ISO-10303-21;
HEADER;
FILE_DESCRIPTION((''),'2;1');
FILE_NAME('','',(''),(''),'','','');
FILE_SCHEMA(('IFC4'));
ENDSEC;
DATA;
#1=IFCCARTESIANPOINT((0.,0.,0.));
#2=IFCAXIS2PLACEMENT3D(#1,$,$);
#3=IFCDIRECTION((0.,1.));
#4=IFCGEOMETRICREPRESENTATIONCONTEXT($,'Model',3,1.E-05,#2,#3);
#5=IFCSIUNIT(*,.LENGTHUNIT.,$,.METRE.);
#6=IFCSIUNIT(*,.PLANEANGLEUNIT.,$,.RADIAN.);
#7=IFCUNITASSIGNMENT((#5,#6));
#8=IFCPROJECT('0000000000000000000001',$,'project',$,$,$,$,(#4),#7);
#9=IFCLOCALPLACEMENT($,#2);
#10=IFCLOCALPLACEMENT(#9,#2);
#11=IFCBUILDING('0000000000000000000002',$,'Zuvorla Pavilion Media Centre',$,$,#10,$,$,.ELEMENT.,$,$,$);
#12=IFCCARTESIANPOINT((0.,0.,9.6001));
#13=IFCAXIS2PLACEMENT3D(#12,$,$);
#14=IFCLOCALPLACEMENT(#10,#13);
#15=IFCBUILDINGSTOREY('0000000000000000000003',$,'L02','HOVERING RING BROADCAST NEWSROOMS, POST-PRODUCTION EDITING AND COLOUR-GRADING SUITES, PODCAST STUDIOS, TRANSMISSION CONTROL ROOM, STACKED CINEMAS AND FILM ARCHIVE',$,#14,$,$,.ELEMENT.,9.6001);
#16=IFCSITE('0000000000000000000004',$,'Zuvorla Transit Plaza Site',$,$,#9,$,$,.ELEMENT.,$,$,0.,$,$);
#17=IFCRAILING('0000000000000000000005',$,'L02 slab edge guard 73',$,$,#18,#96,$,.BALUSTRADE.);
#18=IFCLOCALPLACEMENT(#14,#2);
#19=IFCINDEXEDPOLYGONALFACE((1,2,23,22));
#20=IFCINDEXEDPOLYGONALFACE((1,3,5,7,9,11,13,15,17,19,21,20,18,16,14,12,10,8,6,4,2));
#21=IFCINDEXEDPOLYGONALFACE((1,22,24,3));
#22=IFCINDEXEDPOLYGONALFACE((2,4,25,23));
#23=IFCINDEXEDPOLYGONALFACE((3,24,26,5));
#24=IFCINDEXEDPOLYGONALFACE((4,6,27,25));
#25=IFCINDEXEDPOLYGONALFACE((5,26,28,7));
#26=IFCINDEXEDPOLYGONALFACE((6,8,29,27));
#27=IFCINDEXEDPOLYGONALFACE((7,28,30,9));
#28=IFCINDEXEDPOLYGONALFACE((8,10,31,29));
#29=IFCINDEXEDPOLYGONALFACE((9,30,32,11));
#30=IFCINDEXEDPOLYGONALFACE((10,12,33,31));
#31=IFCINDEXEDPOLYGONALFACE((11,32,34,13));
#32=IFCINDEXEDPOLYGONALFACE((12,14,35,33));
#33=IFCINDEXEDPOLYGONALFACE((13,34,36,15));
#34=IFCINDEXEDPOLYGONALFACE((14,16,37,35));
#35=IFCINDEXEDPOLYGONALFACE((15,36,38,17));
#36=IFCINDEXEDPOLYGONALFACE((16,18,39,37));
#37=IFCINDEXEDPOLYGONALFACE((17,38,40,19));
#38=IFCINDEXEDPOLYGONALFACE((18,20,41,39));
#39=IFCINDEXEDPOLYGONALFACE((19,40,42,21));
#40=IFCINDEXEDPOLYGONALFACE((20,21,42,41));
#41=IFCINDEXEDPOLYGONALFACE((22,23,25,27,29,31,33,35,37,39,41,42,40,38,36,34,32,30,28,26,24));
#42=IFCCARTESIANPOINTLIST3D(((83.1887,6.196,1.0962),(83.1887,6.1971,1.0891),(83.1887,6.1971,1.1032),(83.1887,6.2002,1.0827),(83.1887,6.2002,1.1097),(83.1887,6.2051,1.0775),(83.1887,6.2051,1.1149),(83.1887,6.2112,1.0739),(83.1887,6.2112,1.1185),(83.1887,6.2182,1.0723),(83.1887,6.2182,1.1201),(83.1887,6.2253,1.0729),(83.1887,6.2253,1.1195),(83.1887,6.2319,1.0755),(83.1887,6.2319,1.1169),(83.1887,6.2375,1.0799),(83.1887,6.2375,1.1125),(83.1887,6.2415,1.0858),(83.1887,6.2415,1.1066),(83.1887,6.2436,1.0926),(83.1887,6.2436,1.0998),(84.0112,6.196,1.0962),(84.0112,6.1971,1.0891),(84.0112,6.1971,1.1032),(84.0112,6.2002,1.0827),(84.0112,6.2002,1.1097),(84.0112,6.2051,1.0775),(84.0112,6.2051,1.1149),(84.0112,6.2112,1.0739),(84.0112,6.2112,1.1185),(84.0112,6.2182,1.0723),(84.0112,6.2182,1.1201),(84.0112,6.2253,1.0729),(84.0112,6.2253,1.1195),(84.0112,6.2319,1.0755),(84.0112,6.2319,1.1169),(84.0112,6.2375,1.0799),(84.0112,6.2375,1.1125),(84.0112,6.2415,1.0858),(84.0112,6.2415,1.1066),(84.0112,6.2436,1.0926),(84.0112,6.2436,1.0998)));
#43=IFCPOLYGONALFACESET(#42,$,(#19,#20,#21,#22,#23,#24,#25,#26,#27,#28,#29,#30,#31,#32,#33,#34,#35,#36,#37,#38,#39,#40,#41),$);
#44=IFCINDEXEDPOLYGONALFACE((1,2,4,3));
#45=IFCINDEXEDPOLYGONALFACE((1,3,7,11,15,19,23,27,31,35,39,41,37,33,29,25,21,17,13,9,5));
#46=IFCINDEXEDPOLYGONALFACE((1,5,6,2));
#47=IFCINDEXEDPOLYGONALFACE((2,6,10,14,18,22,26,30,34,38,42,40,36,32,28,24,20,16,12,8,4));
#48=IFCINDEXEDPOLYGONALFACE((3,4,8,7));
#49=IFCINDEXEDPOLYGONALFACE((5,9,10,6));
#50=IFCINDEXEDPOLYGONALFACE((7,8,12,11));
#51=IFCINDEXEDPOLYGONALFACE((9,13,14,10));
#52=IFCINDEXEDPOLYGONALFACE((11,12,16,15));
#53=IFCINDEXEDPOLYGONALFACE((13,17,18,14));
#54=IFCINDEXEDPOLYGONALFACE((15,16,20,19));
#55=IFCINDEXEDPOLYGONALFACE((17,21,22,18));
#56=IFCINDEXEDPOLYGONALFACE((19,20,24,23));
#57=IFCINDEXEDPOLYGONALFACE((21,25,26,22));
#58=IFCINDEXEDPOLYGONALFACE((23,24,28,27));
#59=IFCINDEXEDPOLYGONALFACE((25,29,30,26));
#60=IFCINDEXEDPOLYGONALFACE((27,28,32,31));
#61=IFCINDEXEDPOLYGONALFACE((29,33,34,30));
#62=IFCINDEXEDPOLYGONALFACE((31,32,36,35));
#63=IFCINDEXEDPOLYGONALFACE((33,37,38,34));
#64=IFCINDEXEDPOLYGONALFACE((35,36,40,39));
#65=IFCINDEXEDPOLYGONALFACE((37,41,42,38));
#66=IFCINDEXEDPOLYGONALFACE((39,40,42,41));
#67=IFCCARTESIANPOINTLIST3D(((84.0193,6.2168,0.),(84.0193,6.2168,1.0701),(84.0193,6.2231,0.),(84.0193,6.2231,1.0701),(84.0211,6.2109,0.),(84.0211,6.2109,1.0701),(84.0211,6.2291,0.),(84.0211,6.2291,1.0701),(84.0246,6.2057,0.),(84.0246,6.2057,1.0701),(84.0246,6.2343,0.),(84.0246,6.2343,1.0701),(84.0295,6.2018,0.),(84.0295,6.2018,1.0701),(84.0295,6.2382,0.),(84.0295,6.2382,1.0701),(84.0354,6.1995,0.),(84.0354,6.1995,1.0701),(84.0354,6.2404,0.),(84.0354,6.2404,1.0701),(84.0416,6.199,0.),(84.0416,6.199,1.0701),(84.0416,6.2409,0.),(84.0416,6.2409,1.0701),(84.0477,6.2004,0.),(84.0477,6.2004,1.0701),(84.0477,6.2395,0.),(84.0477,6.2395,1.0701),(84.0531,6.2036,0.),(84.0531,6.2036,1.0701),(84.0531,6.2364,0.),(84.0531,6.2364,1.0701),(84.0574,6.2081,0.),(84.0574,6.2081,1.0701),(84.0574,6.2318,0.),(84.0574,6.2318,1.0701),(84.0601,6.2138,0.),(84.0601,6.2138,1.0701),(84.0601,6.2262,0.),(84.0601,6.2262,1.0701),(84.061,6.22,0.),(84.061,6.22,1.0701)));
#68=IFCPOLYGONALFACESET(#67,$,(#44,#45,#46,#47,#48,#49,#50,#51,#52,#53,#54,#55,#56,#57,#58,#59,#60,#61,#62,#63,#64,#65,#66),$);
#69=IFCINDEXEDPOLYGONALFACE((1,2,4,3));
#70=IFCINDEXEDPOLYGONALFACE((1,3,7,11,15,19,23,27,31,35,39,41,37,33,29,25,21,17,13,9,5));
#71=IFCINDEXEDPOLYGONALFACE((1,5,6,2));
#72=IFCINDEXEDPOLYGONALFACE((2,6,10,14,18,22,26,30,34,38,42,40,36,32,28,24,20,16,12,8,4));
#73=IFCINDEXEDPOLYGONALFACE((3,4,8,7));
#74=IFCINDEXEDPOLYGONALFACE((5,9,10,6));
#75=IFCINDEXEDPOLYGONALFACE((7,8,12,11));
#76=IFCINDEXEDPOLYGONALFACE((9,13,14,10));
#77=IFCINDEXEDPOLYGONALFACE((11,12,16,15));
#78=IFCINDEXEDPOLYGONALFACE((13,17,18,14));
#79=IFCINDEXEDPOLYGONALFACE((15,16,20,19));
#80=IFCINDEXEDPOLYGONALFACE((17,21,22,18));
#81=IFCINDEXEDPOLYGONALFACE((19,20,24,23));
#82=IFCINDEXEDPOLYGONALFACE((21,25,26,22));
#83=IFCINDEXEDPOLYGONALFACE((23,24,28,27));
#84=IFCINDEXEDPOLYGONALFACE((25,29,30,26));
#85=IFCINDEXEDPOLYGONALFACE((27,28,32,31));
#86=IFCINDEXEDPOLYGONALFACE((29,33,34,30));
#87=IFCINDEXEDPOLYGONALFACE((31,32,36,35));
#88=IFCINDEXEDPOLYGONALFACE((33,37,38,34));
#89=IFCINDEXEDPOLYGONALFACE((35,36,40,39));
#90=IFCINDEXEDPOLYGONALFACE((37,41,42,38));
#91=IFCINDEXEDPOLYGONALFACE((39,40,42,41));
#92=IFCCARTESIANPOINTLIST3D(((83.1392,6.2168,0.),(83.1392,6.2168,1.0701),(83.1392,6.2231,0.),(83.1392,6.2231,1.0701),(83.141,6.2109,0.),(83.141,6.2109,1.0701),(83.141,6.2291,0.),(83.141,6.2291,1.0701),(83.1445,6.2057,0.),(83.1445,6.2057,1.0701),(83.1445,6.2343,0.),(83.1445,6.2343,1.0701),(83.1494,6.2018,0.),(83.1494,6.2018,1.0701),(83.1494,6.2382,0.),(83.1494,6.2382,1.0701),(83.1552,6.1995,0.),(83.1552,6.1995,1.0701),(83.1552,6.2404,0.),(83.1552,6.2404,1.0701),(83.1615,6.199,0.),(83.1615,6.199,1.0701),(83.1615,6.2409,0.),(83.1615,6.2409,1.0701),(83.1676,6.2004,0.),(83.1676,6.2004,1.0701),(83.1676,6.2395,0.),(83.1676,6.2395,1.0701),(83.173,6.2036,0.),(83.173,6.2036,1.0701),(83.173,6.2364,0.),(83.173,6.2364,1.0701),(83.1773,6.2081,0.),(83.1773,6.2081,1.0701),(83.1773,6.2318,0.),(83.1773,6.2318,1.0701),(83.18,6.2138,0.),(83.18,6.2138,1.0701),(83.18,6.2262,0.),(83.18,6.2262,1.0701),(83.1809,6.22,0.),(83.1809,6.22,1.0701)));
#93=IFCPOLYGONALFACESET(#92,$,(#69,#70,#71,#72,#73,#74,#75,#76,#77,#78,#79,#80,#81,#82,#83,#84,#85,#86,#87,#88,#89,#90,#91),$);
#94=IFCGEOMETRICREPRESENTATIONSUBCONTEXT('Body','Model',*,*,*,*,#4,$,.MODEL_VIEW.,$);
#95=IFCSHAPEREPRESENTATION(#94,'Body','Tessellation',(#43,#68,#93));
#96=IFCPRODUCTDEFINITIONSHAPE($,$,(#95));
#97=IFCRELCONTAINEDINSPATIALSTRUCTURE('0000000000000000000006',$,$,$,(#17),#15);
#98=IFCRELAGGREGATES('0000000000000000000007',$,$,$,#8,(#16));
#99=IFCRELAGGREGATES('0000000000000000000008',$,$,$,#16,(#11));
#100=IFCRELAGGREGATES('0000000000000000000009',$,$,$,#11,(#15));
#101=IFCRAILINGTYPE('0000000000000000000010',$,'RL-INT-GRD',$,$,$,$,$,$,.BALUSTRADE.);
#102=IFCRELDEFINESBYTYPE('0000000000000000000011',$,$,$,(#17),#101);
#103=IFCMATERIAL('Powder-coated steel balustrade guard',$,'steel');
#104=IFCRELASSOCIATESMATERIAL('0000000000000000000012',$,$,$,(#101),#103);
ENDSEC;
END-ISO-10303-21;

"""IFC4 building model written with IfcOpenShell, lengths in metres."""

from ifc_helpers import new_model, si_unit, direction, frame, origin, origin_2d, place, context, subcontext, project, spatial, circle, extrude, material, type_object, element, save


model = new_model("IFC4")

# Units and contexts
model_context = context("Model", 3, precision=1e-05, world=origin(), true_north=direction((0.0, 1.0)))
body_context = subcontext(model_context, "Body", "Model", "MODEL_VIEW")
ifc_project = project(units=[si_unit("LENGTHUNIT", "METRE"), si_unit("PLANEANGLEUNIT", "RADIAN")], contexts=[model_context])

# Site, building, storey
site_placement = place(None, origin())
site = spatial("IfcSite", under=ifc_project, at=site_placement, Name="Zuvorla Transit Plaza Site", CompositionType="ELEMENT", RefElevation=0.0)
building_placement = place(site_placement, origin())
building = spatial("IfcBuilding", under=site, at=building_placement, Name="Zuvorla Pavilion Media Centre", CompositionType="ELEMENT")
storey_placement = place(building_placement, frame((0.0, 0.0, 9.6001)))
storey = spatial("IfcBuildingStorey", under=building, at=storey_placement, Name="L02", Description="HOVERING RING BROADCAST NEWSROOMS, POST-PRODUCTION EDITING AND COLOUR-GRADING SUITES, PODCAST STUDIOS, TRANSMISSION CONTROL ROOM, STACKED CINEMAS AND FILM ARCHIVE", CompositionType="ELEMENT", Elevation=9.6001)

# Railing
ifc_material_1 = material(Name="Powder-coated steel balustrade guard", Category="steel")
railing_type_1 = type_object("IfcRailingType", Name="RL-INT-GRD", PredefinedType="BALUSTRADE", material=ifc_material_1)
railing_1_placement = place(storey_placement, frame((84.04, 6.22, 0.0)))
element("IfcRailing", 1, at=railing_1_placement, inside=storey, type_object=railing_type_1, Name="L02 slab edge guard 73", PredefinedType="BALUSTRADE", context=body_context, shape_type="SweptSolid", body=[
    extrude(circle(Radius=0.0239, at=origin_2d()), frame((-0.0288, 0.0, 1.0962), z_axis=(-1.0, 0.0, 0.0), x_axis=(0.0, -1.0, 0.0)), (0.0, 0.0, 1.0), 0.8225),
    extrude(circle(Radius=0.021, at=origin_2d()), origin(), (0.0, 0.0, 1.0), 1.0701),
    extrude(circle(Radius=0.021, at=origin_2d()), frame((-0.8801, 0.0, 0.0)), (0.0, 0.0, 1.0), 1.0701),
])

save(model, "model.ifc")
